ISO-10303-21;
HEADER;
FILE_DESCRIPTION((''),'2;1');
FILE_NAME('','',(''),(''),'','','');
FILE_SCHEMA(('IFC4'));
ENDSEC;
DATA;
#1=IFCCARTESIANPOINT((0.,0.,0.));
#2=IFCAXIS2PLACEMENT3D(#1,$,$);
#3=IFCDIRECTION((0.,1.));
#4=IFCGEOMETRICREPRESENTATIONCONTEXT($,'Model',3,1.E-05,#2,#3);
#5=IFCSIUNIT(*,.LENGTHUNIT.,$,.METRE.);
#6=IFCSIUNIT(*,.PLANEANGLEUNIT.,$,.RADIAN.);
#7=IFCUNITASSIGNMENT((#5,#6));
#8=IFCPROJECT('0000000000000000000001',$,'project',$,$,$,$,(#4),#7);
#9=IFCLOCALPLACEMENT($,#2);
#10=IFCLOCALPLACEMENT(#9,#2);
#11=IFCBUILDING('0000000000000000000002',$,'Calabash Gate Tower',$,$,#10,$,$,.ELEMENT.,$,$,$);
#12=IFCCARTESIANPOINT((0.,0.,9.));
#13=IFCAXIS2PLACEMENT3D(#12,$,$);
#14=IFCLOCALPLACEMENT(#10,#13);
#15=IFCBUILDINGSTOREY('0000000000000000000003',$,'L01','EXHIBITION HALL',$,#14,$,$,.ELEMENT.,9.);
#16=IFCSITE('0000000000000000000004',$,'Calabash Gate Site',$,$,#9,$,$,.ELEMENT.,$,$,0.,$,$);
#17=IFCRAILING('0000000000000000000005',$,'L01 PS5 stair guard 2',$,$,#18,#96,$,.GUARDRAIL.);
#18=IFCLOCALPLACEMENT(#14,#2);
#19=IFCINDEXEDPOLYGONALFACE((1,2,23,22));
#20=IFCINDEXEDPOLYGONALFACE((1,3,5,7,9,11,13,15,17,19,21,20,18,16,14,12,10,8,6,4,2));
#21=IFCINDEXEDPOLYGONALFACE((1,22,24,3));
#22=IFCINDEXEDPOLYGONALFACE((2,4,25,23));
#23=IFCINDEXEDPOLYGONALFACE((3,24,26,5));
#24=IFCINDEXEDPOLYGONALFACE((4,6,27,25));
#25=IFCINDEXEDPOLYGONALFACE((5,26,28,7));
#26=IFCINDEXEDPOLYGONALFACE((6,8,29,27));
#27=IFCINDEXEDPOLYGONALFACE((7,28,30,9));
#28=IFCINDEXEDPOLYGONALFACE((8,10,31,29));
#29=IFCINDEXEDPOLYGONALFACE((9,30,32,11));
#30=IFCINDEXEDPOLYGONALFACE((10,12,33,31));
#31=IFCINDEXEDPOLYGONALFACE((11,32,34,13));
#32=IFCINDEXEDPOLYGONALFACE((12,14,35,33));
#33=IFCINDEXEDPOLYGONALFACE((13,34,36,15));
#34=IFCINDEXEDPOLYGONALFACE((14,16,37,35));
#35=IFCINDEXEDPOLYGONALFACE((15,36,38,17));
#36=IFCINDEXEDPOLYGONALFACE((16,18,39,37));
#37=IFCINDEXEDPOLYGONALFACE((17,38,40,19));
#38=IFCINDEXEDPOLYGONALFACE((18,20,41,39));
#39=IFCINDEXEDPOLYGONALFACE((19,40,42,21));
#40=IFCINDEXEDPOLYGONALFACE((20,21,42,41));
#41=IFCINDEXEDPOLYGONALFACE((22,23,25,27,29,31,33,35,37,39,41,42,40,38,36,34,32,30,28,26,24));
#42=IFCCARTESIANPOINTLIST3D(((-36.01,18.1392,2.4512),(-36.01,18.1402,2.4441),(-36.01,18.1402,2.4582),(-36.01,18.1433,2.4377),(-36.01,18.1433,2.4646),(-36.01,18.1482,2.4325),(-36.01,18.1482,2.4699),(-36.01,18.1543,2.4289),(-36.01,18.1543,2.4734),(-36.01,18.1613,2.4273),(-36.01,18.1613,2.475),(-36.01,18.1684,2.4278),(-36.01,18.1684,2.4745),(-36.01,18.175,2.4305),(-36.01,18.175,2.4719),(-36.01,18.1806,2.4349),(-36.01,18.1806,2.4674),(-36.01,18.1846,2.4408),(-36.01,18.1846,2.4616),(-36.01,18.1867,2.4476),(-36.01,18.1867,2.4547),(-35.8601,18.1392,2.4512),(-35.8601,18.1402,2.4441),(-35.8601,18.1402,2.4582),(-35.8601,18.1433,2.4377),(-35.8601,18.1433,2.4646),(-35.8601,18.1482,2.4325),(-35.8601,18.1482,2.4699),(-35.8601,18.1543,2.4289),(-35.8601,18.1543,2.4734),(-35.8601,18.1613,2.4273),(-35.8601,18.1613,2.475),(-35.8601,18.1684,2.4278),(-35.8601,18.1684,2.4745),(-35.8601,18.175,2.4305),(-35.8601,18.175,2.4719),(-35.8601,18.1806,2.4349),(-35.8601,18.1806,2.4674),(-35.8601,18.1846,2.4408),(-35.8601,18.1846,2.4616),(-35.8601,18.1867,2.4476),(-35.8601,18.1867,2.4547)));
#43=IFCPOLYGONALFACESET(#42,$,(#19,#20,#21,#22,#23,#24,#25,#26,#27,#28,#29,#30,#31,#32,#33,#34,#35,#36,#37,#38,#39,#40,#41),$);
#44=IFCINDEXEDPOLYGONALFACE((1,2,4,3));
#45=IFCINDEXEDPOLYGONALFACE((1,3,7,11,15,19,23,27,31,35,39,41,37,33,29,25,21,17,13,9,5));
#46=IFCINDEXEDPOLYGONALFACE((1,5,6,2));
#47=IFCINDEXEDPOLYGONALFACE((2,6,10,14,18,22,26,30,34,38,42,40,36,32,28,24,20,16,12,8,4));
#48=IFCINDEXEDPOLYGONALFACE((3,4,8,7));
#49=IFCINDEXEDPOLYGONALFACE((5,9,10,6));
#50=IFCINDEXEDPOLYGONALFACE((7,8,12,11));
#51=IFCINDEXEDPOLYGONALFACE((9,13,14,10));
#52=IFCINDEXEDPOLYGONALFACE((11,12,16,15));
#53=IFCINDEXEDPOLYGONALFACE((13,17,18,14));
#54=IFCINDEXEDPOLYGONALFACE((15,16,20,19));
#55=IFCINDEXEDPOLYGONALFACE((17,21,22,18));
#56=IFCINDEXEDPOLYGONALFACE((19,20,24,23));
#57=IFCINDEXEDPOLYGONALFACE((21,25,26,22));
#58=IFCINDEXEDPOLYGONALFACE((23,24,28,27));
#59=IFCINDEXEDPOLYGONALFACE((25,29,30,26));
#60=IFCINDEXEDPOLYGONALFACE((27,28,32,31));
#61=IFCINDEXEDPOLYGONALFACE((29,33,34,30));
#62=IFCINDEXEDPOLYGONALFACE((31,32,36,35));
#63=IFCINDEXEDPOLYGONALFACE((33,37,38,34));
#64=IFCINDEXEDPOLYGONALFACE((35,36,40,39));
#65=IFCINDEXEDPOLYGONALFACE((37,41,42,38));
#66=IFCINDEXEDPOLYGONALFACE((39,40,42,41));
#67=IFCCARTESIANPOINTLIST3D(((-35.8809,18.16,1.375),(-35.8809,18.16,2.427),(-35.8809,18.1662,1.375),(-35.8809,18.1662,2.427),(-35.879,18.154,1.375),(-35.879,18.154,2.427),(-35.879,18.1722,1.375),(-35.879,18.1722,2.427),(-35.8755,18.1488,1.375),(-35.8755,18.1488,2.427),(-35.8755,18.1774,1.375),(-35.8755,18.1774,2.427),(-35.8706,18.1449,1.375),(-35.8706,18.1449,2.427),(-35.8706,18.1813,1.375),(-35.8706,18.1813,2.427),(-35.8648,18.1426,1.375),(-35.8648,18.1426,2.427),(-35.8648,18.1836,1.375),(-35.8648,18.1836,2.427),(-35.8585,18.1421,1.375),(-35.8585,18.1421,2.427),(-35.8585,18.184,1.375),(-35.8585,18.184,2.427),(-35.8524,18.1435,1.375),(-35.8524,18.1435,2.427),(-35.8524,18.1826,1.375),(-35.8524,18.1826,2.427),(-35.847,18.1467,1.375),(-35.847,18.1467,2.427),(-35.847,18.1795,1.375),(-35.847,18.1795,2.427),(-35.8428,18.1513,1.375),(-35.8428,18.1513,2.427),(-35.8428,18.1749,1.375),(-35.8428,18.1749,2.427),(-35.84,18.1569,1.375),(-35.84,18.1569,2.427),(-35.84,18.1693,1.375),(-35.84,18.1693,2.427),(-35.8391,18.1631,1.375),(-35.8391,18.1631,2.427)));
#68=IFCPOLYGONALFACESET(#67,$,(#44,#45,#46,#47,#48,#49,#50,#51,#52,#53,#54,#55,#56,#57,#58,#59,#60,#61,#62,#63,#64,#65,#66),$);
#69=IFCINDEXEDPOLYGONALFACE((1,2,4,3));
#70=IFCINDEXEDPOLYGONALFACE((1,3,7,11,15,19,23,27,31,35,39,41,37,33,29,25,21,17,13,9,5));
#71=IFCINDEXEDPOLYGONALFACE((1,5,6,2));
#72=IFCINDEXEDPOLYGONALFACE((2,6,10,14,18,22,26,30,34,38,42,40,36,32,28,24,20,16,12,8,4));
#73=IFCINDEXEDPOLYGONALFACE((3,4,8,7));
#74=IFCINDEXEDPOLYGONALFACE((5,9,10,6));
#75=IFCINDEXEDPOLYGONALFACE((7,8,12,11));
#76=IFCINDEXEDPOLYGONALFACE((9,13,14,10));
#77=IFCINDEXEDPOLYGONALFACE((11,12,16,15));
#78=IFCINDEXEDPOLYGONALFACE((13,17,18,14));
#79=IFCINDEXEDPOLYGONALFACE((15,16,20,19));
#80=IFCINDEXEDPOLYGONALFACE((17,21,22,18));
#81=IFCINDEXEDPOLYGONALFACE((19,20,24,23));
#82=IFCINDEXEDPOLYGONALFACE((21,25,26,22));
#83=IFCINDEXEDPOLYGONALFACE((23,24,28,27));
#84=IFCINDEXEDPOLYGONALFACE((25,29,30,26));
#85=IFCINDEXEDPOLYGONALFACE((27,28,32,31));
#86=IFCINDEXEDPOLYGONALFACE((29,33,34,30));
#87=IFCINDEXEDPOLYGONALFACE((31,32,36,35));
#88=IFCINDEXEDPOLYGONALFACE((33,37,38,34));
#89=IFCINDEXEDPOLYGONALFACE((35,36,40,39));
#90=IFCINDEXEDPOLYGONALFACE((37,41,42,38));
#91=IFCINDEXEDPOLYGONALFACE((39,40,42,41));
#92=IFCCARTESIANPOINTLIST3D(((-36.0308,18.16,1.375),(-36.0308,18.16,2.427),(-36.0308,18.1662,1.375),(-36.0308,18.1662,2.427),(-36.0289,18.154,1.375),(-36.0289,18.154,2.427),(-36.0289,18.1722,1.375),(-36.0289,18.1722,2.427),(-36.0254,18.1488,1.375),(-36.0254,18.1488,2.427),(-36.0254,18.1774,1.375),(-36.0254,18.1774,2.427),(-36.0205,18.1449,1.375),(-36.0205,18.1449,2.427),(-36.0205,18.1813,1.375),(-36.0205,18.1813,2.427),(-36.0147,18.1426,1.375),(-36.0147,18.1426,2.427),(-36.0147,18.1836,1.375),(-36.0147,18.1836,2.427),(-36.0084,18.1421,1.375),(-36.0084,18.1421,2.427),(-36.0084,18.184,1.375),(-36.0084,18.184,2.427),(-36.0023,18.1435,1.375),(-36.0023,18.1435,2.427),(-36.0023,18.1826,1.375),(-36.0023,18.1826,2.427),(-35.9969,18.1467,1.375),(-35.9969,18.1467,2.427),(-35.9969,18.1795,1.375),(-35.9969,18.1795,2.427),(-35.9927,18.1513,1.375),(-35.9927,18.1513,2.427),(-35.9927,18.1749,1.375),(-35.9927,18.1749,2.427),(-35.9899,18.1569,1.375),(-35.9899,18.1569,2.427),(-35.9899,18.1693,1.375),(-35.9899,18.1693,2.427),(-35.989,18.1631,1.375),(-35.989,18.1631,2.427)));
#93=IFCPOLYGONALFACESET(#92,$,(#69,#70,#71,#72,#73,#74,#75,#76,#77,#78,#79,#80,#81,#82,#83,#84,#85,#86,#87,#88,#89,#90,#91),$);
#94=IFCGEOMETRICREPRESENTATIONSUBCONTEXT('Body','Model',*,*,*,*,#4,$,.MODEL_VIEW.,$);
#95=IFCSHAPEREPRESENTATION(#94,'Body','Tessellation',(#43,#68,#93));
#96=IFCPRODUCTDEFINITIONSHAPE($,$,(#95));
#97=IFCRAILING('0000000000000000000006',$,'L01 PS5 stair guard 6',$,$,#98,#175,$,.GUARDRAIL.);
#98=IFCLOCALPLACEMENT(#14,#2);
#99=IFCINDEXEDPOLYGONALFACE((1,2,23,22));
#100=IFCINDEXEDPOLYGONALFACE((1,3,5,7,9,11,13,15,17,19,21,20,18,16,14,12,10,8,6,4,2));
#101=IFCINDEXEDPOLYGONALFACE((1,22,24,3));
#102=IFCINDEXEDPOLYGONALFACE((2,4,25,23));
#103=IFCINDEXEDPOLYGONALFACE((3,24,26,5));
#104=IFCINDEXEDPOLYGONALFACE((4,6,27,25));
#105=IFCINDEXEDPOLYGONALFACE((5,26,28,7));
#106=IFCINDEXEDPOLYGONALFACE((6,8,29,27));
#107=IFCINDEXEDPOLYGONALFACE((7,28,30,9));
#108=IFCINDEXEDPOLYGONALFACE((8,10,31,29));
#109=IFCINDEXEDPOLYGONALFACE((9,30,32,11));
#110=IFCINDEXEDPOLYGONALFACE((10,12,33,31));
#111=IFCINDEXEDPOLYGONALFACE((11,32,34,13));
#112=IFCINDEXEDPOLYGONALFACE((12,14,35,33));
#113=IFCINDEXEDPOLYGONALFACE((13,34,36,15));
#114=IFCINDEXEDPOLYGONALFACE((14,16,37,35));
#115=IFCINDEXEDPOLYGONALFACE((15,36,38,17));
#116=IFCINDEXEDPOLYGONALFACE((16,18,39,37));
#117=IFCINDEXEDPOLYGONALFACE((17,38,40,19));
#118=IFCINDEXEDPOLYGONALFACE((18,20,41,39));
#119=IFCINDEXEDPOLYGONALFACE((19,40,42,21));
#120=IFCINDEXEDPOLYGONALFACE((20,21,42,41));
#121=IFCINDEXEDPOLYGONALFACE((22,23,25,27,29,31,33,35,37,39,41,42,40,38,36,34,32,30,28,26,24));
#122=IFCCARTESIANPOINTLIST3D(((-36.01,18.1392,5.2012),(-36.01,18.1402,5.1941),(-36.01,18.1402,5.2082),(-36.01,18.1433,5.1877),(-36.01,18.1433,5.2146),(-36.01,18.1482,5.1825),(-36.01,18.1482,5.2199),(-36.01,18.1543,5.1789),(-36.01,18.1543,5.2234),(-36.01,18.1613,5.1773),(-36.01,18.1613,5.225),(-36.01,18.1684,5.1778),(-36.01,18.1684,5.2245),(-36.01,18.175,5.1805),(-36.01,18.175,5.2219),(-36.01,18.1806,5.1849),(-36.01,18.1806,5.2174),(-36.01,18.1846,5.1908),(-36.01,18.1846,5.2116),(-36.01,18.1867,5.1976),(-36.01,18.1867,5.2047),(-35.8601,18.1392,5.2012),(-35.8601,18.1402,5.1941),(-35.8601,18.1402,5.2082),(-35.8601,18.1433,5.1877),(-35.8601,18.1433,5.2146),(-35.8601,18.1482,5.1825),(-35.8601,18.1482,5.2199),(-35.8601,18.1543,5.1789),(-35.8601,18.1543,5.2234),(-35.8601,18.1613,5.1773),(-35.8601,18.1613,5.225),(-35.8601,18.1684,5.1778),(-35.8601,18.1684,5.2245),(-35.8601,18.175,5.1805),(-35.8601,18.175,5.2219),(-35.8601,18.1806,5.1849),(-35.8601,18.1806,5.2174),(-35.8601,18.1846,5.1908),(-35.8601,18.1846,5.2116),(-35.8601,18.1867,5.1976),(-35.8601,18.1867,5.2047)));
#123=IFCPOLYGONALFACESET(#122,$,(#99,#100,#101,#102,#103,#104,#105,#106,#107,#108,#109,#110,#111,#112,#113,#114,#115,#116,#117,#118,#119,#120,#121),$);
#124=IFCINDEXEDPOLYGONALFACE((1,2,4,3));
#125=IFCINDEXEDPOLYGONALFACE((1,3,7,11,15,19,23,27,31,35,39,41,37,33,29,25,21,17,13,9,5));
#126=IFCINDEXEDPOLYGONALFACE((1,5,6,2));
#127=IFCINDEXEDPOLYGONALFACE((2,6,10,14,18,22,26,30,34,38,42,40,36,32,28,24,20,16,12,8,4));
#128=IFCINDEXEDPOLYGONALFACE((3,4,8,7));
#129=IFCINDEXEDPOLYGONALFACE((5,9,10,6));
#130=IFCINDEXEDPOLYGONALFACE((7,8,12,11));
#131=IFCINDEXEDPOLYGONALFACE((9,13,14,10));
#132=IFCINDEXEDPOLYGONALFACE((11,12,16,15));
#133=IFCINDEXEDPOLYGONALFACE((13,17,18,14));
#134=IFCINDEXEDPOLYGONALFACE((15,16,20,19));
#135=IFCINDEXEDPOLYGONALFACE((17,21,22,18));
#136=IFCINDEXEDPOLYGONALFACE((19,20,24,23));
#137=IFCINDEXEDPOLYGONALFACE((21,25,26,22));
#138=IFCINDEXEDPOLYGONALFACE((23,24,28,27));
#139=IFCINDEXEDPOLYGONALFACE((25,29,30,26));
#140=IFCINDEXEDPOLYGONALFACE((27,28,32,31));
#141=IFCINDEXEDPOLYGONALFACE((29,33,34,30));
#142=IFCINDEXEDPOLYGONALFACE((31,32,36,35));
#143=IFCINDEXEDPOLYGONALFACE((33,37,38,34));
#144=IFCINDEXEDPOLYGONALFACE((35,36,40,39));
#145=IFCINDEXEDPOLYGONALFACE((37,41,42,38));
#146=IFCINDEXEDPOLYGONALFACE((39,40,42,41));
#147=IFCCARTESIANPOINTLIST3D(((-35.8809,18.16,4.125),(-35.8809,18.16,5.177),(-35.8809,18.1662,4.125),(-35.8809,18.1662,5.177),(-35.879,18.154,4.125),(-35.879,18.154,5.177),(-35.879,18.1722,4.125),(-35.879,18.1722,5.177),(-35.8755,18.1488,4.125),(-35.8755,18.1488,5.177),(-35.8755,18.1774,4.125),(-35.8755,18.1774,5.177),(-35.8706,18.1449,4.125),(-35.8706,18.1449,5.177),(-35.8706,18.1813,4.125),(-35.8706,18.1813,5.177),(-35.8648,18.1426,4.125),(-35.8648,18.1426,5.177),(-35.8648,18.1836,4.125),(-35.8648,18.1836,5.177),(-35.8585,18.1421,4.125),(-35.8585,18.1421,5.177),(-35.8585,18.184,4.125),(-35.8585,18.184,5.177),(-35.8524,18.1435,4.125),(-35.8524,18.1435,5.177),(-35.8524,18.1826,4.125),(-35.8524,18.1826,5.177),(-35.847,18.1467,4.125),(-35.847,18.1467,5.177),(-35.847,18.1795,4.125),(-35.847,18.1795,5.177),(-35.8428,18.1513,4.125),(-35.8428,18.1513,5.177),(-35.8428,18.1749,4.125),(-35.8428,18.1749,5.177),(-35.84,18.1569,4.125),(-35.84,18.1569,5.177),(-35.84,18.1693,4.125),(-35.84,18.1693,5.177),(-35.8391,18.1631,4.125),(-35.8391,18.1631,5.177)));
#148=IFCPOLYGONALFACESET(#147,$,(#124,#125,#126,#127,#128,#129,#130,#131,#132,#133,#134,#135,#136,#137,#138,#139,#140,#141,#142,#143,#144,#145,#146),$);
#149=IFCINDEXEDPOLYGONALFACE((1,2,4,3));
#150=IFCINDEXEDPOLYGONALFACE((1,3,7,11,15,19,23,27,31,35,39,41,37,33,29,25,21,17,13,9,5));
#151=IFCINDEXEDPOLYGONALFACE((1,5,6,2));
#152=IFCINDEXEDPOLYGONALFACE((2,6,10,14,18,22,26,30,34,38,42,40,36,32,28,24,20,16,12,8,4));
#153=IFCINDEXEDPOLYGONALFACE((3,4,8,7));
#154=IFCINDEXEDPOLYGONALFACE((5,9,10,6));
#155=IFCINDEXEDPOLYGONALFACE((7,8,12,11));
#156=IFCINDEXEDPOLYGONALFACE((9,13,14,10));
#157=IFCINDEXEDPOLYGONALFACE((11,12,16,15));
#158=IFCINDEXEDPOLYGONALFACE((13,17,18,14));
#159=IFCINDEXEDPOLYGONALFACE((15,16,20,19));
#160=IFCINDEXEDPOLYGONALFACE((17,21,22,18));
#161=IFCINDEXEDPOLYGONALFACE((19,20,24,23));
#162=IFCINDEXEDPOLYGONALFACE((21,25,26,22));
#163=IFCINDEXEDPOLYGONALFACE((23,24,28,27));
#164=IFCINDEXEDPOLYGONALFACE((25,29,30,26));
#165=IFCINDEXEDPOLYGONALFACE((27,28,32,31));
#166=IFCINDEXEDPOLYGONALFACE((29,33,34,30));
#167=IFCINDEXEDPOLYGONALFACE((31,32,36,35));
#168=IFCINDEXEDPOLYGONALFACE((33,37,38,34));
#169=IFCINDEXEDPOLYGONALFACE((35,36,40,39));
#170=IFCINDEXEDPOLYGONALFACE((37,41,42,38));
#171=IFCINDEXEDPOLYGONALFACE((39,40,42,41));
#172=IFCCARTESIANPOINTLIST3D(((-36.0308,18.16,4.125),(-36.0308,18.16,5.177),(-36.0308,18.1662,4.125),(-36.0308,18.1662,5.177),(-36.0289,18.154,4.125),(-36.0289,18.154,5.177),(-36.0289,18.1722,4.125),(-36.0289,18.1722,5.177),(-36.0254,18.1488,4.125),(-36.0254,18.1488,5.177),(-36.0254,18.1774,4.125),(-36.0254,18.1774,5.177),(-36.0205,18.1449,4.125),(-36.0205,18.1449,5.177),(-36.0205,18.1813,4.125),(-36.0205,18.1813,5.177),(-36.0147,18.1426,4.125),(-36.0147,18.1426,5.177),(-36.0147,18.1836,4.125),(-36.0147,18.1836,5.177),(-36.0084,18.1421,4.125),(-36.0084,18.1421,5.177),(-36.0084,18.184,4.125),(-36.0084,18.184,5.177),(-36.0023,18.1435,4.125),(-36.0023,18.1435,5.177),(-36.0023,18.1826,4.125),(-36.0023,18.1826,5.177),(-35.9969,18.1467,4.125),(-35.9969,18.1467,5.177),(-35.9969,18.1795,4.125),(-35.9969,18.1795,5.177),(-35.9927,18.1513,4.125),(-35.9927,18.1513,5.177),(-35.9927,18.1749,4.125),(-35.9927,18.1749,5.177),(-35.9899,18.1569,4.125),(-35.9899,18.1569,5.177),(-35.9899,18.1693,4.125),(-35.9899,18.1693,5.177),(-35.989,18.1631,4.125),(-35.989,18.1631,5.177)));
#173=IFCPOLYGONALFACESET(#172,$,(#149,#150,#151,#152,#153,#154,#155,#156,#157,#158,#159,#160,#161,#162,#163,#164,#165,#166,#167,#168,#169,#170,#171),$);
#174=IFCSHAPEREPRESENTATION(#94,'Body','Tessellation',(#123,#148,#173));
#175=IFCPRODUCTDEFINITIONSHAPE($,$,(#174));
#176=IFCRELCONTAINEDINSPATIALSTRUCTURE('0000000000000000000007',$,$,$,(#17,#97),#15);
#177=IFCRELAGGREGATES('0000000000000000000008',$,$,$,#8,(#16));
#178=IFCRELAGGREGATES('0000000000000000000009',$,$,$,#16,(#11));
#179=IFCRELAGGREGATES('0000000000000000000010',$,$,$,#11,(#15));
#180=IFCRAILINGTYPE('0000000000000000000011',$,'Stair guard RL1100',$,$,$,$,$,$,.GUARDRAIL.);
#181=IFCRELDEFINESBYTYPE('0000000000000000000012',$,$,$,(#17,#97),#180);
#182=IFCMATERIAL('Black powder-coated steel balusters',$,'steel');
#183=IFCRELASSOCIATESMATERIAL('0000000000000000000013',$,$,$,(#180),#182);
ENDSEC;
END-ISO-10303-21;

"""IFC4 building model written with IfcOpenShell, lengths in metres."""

from ifc_helpers import new_model, si_unit, direction, frame, origin, origin_2d, place, context, subcontext, project, spatial, circle, extrude, material, type_object, element, save


model = new_model("IFC4")

# Units and contexts
model_context = context("Model", 3, precision=1e-05, world=origin(), true_north=direction((0.0, 1.0)))
body_context = subcontext(model_context, "Body", "Model", "MODEL_VIEW")
ifc_project = project(units=[si_unit("LENGTHUNIT", "METRE"), si_unit("PLANEANGLEUNIT", "RADIAN")], contexts=[model_context])

# Site, building, storey
site_placement = place(None, origin())
site = spatial("IfcSite", under=ifc_project, at=site_placement, Name="Calabash Gate Site", CompositionType="ELEMENT", RefElevation=0.0)
building_placement = place(site_placement, origin())
building = spatial("IfcBuilding", under=site, at=building_placement, Name="Calabash Gate Tower", CompositionType="ELEMENT")
storey_placement = place(building_placement, frame((0.0, 0.0, 9.0)))
storey = spatial("IfcBuildingStorey", under=building, at=storey_placement, Name="L01", Description="EXHIBITION HALL", CompositionType="ELEMENT", Elevation=9.0)

# Railings
ifc_material_1 = material(Name="Black powder-coated steel balusters", Category="steel")
railing_type_1 = type_object("IfcRailingType", Name="Stair guard RL1100", PredefinedType="GUARDRAIL", material=ifc_material_1)
for number, where, name in (
    (1, (-35.8601, 18.1631, 1.375), "L01 PS5 stair guard 2"),
    (2, (-35.8601, 18.1631, 4.125), "L01 PS5 stair guard 6"),
):
    element("IfcRailing", number, at=place(storey_placement, frame(where)), inside=storey, type_object=railing_type_1, Name=name, PredefinedType="GUARDRAIL", context=body_context, shape_type="SweptSolid", body=[
        extrude(circle(Radius=0.0239, at=origin_2d()), frame((0.0, 0.0, 1.0762), z_axis=(-1.0, 0.0, 0.0), x_axis=(0.0, -1.0, 0.0)), (0.0, 0.0, 1.0), 0.1499),
        extrude(circle(Radius=0.021, at=origin_2d()), origin(), (0.0, 0.0, 1.0), 1.052),
        extrude(circle(Radius=0.021, at=origin_2d()), frame((-0.1499, 0.0, 0.0)), (0.0, 0.0, 1.0), 1.052),
    ])

save(model, "model.ifc")
